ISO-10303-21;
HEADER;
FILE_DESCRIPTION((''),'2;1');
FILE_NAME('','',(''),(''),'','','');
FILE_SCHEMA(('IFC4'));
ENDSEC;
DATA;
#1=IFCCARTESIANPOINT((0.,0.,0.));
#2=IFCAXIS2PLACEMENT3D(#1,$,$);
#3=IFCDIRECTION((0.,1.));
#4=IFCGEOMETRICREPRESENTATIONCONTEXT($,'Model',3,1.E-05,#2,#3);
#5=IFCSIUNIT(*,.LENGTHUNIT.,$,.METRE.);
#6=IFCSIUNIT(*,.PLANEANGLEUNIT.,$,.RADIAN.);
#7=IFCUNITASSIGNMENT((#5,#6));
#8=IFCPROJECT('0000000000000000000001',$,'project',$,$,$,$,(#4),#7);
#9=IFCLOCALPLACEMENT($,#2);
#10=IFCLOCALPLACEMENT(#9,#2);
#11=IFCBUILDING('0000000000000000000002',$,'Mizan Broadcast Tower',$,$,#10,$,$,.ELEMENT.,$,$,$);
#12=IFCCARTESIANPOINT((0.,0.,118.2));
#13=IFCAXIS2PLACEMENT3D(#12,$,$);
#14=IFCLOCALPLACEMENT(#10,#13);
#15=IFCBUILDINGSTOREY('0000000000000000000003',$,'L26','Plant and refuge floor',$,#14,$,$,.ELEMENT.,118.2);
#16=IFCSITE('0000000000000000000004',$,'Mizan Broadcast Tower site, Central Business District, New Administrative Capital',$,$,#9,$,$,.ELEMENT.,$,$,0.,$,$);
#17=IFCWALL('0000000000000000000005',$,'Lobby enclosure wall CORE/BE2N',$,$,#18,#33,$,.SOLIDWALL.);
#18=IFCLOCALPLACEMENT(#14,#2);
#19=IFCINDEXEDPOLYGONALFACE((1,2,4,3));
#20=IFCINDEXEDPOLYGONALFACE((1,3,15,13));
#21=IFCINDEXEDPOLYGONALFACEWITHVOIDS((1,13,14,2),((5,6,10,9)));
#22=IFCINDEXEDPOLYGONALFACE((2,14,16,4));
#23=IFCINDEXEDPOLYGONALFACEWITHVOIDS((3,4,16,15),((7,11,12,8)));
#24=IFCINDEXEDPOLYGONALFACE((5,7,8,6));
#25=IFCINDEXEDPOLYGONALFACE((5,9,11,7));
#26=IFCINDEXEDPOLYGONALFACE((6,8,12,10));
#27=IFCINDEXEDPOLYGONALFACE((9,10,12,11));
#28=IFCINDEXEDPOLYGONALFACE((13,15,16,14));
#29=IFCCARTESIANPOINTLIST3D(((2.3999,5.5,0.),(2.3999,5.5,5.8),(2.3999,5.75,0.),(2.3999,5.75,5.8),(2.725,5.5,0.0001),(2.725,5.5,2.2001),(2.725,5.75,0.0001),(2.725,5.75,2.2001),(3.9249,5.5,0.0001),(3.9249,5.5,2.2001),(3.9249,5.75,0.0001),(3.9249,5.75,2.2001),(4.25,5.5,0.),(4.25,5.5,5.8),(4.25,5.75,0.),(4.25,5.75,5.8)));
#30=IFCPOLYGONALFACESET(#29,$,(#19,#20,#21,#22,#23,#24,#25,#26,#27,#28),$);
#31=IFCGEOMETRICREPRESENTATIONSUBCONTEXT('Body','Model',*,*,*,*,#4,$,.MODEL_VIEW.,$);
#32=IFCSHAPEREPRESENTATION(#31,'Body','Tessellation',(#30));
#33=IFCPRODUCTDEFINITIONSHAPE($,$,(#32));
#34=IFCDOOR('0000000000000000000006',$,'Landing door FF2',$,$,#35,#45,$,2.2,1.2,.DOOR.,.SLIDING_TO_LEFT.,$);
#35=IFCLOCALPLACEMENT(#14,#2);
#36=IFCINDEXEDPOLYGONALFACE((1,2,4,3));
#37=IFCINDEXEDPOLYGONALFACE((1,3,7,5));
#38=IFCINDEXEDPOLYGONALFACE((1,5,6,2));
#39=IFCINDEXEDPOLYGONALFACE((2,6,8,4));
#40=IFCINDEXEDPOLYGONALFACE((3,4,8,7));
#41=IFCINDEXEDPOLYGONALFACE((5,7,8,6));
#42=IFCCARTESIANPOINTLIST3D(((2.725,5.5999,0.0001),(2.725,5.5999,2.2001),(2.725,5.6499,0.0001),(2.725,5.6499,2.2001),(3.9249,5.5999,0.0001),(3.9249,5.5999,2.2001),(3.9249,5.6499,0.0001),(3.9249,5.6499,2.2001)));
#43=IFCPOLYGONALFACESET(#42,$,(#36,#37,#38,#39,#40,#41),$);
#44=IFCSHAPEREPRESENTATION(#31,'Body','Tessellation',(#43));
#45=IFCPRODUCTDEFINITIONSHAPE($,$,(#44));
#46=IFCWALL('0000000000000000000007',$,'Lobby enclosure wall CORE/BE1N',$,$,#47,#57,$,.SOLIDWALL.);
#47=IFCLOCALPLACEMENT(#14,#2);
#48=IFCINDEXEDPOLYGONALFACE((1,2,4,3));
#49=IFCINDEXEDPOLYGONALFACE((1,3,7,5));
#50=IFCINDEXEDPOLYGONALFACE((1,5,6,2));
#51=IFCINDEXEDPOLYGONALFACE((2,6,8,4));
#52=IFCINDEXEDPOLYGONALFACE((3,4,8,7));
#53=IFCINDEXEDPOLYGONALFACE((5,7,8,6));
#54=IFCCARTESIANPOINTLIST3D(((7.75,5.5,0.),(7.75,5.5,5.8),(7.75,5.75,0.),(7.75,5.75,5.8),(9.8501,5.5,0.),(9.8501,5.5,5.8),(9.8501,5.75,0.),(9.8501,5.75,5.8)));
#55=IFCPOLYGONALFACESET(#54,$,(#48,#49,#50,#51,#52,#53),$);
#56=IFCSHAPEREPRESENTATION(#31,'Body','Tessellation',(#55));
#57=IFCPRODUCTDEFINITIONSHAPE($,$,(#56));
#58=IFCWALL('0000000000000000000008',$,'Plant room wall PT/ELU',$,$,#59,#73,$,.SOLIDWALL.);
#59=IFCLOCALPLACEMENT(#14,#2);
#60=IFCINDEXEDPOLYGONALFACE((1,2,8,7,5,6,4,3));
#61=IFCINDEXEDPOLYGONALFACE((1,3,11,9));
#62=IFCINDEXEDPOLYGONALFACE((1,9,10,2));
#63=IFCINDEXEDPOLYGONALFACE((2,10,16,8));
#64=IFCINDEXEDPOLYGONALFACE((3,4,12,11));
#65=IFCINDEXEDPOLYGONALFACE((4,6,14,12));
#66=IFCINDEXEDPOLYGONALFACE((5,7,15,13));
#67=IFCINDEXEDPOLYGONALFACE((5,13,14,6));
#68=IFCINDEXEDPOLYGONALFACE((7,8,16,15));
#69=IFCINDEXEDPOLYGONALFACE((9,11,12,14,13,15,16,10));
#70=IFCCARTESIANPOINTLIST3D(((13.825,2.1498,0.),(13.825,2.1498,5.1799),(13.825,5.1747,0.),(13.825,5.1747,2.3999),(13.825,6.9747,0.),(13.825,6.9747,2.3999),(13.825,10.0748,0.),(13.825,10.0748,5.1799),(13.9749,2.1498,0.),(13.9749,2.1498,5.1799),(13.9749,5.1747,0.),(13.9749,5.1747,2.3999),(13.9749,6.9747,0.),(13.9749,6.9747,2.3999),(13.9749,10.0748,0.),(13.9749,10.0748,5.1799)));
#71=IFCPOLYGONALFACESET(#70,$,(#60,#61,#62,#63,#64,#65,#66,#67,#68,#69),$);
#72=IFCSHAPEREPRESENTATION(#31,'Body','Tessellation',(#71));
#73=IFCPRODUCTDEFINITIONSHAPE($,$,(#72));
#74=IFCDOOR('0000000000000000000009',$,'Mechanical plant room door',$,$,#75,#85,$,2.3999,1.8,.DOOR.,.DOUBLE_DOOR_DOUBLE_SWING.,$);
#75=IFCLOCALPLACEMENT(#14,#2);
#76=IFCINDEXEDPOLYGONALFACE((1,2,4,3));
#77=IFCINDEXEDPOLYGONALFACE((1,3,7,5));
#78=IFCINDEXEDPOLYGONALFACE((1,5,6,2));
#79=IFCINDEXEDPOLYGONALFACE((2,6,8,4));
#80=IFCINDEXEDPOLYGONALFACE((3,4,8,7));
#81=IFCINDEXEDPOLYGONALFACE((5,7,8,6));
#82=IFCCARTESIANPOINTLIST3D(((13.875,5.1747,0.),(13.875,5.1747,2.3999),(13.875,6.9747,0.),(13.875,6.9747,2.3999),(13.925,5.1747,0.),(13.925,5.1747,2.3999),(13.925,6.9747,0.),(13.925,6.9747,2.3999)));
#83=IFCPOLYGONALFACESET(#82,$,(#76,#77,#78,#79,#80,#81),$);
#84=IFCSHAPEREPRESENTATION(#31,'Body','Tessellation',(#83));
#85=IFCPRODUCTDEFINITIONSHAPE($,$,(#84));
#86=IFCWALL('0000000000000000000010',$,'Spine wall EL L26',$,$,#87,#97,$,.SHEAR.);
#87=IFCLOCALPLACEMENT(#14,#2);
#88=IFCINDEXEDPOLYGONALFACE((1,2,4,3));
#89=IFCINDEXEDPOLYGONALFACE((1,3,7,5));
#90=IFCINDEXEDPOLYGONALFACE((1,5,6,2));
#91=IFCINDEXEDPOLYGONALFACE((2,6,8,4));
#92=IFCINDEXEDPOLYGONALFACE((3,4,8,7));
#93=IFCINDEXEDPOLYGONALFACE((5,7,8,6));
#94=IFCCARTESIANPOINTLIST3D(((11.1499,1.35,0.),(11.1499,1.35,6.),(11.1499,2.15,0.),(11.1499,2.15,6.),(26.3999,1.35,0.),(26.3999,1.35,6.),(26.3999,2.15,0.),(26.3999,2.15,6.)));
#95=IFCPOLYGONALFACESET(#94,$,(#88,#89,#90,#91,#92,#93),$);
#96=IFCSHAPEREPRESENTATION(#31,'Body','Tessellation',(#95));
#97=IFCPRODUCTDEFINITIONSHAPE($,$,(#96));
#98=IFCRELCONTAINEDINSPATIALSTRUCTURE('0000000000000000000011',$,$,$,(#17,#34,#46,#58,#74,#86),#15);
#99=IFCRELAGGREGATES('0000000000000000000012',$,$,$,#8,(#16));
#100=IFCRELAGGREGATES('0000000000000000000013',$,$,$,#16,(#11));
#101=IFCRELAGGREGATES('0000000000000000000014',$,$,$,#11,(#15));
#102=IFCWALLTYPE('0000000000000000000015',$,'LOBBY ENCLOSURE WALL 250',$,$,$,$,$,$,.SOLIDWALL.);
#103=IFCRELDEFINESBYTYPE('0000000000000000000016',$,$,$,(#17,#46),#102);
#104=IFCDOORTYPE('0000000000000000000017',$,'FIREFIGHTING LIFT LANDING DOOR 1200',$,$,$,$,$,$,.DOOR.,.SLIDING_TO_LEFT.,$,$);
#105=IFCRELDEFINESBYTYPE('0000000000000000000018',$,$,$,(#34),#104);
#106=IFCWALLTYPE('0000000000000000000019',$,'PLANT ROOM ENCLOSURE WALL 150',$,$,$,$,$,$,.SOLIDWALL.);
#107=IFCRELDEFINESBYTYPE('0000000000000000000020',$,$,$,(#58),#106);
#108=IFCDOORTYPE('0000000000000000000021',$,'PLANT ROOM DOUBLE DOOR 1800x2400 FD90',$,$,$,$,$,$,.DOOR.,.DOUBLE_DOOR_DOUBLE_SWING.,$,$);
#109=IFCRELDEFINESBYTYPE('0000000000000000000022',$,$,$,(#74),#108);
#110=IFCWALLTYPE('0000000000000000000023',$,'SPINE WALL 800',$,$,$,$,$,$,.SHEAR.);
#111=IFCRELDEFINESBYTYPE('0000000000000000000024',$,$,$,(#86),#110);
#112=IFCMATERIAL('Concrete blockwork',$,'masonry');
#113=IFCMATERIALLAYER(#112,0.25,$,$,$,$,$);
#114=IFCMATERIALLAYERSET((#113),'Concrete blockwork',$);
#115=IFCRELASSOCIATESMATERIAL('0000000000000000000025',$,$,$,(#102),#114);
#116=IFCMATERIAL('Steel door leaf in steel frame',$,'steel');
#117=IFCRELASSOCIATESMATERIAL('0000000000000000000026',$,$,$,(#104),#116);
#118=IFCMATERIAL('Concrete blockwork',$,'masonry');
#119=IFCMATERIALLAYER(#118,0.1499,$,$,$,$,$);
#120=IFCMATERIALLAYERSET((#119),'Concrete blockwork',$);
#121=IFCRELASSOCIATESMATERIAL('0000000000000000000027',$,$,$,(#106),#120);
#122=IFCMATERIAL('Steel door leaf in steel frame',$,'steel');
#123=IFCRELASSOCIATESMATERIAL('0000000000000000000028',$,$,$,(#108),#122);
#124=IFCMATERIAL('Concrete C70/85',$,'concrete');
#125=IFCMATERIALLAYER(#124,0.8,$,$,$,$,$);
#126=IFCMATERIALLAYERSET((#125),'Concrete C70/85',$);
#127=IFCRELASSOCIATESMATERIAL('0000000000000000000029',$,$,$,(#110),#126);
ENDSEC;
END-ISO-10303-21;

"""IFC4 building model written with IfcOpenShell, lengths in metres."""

from ifc_helpers import new_model, si_unit, direction, frame, frame_2d, origin, place, context, subcontext, project, spatial, rectangle, extrude, material, layer, layer_set, type_object, element, fill, save


model = new_model("IFC4")

# Units and contexts
model_context = context("Model", 3, precision=1e-05, world=origin(), true_north=direction((0.0, 1.0)))
body_context = subcontext(model_context, "Body", "Model", "MODEL_VIEW")
ifc_project = project(units=[si_unit("LENGTHUNIT", "METRE"), si_unit("PLANEANGLEUNIT", "RADIAN")], contexts=[model_context])

# Site, building, storey
site_placement = place(None, origin())
site = spatial("IfcSite", under=ifc_project, at=site_placement, Name="Mizan Broadcast Tower site, Central Business District, New Administrative Capital", CompositionType="ELEMENT", RefElevation=0.0)
building_placement = place(site_placement, origin())
building = spatial("IfcBuilding", under=site, at=building_placement, Name="Mizan Broadcast Tower", CompositionType="ELEMENT")
storey_placement = place(building_placement, frame((0.0, 0.0, 118.2)))
storey = spatial("IfcBuildingStorey", under=building, at=storey_placement, Name="L26", Description="Plant and refuge floor", CompositionType="ELEMENT", Elevation=118.2)

# Wall, opening, door
ifc_material_1 = material(Name="Concrete blockwork", Category="masonry")
ifc_layer_1 = layer(ifc_material_1, 0.25)
ifc_layer_set_1 = layer_set([ifc_layer_1], Name="Concrete blockwork")
wall_type_1 = type_object("IfcWallType", Name="LOBBY ENCLOSURE WALL 250", PredefinedType="SOLIDWALL", material=ifc_layer_set_1)
wall_1_placement = place(storey_placement, frame((2.3999, 5.625, 0.0), z_axis=(0.0, 0.0, 1.0), x_axis=(1.0, 0.0, 0.0)))
wall_1 = element("IfcWall", 1, at=wall_1_placement, inside=storey, type_object=wall_type_1, Name="Lobby enclosure wall CORE/BE2N", PredefinedType="SOLIDWALL", context=body_context, shape_type="SweptSolid", body=[
    extrude(rectangle(XDim=1.8501, YDim=0.25, at=frame_2d((0.925, 0.0))), origin(), (0.0, 0.0, 1.0), 5.8),
])
opening_1_placement = place(wall_1_placement, frame((0.325, 0.0, 0.0)))
opening_1 = element("IfcOpeningElement", 2, at=opening_1_placement, cuts=wall_1, PredefinedType="OPENING", context=body_context, shape_type="SweptSolid", body=[
    extrude(rectangle(XDim=1.2, YDim=2.2, at=frame_2d((0.6001, 1.1001))), frame((0.0, 0.135, 0.0), z_axis=(0.0, -1.0, 0.0), x_axis=(1.0, 0.0, 0.0)), (0.0, 0.0, 1.0), 0.27),
])
ifc_material_2 = material(Name="Steel door leaf in steel frame", Category="steel")
door_type_1 = type_object("IfcDoorType", Name="FIREFIGHTING LIFT LANDING DOOR 1200", OperationType="SLIDING_TO_LEFT", PredefinedType="DOOR", material=ifc_material_2)
door_1_placement = place(opening_1_placement, origin())
door_1 = element("IfcDoor", 3, at=door_1_placement, inside=storey, type_object=door_type_1, Name="Landing door FF2", OperationType="SLIDING_TO_LEFT", OverallHeight=2.2, OverallWidth=1.2, PredefinedType="DOOR", context=body_context, shape_type="SweptSolid", body=[
    extrude(rectangle(XDim=1.2, YDim=2.2, at=frame_2d((0.6001, 1.1001))), frame((0.0, 0.0249, 0.0), z_axis=(0.0, -1.0, 0.0), x_axis=(1.0, 0.0, 0.0)), (0.0, 0.0, 1.0), 0.05),
])
fill(opening_1, door_1)

# Wall
wall_2_placement = place(storey_placement, frame((7.75, 5.625, 0.0), z_axis=(0.0, 0.0, 1.0), x_axis=(1.0, 0.0, 0.0)))
element("IfcWall", 4, at=wall_2_placement, inside=storey, type_object=wall_type_1, Name="Lobby enclosure wall CORE/BE1N", PredefinedType="SOLIDWALL", context=body_context, shape_type="SweptSolid", body=[
    extrude(rectangle(XDim=2.1001, YDim=0.25, at=frame_2d((1.05, 0.0))), origin(), (0.0, 0.0, 1.0), 5.8),
])

# Wall, opening, door
ifc_material_3 = material(Name="Concrete blockwork", Category="masonry")
ifc_layer_2 = layer(ifc_material_3, 0.1499)
ifc_layer_set_2 = layer_set([ifc_layer_2], Name="Concrete blockwork")
wall_type_2 = type_object("IfcWallType", Name="PLANT ROOM ENCLOSURE WALL 150", PredefinedType="SOLIDWALL", material=ifc_layer_set_2)
wall_3_placement = place(storey_placement, frame((13.8999, 2.1499, 0.0), z_axis=(0.0, 0.0, 1.0), x_axis=(0.0, 1.0, 0.0)))
wall_3 = element("IfcWall", 5, at=wall_3_placement, inside=storey, type_object=wall_type_2, Name="Plant room wall PT/ELU", PredefinedType="SOLIDWALL", context=body_context, shape_type="SweptSolid", body=[
    extrude(rectangle(XDim=7.925, YDim=0.1499, at=frame_2d((3.9624, 0.0))), origin(), (0.0, 0.0, 1.0), 5.1799),
])
opening_2_placement = place(wall_3_placement, frame((3.0249, 0.0, 0.0)))
opening_2 = element("IfcOpeningElement", 6, at=opening_2_placement, cuts=wall_3, PredefinedType="OPENING", context=body_context, shape_type="SweptSolid", body=[
    extrude(rectangle(XDim=1.8, YDim=2.3999, at=frame_2d((0.8999, 1.2))), frame((0.0, 0.085, 0.0), z_axis=(0.0, -1.0, 0.0), x_axis=(1.0, 0.0, 0.0)), (0.0, 0.0, 1.0), 0.1699),
])
ifc_material_4 = material(Name="Steel door leaf in steel frame", Category="steel")
door_type_2 = type_object("IfcDoorType", Name="PLANT ROOM DOUBLE DOOR 1800x2400 FD90", OperationType="DOUBLE_DOOR_DOUBLE_SWING", PredefinedType="DOOR", material=ifc_material_4)
door_2_placement = place(opening_2_placement, origin())
door_2 = element("IfcDoor", 7, at=door_2_placement, inside=storey, type_object=door_type_2, Name="Mechanical plant room door", OperationType="DOUBLE_DOOR_DOUBLE_SWING", OverallHeight=2.3999, OverallWidth=1.8, PredefinedType="DOOR", context=body_context, shape_type="SweptSolid", body=[
    extrude(rectangle(XDim=1.8, YDim=2.3999, at=frame_2d((0.8999, 1.2))), frame((0.0, 0.0249, 0.0), z_axis=(0.0, -1.0, 0.0), x_axis=(1.0, 0.0, 0.0)), (0.0, 0.0, 1.0), 0.05),
])
fill(opening_2, door_2)

# Wall
ifc_material_5 = material(Name="Concrete C70/85", Category="concrete")
ifc_layer_3 = layer(ifc_material_5, 0.8)
ifc_layer_set_3 = layer_set([ifc_layer_3], Name="Concrete C70/85")
wall_type_3 = type_object("IfcWallType", Name="SPINE WALL 800", PredefinedType="SHEAR", material=ifc_layer_set_3)
wall_4_placement = place(storey_placement, frame((11.1499, 1.75, 0.0), z_axis=(0.0, 0.0, 1.0), x_axis=(1.0, 0.0, 0.0)))
element("IfcWall", 8, at=wall_4_placement, inside=storey, type_object=wall_type_3, Name="Spine wall EL L26", PredefinedType="SHEAR", context=body_context, shape_type="SweptSolid", body=[
    extrude(rectangle(XDim=15.25, YDim=0.8, at=frame_2d((7.625, 0.0))), origin(), (0.0, 0.0, 1.0), 6.0),
])

save(model, "model.ifc")
